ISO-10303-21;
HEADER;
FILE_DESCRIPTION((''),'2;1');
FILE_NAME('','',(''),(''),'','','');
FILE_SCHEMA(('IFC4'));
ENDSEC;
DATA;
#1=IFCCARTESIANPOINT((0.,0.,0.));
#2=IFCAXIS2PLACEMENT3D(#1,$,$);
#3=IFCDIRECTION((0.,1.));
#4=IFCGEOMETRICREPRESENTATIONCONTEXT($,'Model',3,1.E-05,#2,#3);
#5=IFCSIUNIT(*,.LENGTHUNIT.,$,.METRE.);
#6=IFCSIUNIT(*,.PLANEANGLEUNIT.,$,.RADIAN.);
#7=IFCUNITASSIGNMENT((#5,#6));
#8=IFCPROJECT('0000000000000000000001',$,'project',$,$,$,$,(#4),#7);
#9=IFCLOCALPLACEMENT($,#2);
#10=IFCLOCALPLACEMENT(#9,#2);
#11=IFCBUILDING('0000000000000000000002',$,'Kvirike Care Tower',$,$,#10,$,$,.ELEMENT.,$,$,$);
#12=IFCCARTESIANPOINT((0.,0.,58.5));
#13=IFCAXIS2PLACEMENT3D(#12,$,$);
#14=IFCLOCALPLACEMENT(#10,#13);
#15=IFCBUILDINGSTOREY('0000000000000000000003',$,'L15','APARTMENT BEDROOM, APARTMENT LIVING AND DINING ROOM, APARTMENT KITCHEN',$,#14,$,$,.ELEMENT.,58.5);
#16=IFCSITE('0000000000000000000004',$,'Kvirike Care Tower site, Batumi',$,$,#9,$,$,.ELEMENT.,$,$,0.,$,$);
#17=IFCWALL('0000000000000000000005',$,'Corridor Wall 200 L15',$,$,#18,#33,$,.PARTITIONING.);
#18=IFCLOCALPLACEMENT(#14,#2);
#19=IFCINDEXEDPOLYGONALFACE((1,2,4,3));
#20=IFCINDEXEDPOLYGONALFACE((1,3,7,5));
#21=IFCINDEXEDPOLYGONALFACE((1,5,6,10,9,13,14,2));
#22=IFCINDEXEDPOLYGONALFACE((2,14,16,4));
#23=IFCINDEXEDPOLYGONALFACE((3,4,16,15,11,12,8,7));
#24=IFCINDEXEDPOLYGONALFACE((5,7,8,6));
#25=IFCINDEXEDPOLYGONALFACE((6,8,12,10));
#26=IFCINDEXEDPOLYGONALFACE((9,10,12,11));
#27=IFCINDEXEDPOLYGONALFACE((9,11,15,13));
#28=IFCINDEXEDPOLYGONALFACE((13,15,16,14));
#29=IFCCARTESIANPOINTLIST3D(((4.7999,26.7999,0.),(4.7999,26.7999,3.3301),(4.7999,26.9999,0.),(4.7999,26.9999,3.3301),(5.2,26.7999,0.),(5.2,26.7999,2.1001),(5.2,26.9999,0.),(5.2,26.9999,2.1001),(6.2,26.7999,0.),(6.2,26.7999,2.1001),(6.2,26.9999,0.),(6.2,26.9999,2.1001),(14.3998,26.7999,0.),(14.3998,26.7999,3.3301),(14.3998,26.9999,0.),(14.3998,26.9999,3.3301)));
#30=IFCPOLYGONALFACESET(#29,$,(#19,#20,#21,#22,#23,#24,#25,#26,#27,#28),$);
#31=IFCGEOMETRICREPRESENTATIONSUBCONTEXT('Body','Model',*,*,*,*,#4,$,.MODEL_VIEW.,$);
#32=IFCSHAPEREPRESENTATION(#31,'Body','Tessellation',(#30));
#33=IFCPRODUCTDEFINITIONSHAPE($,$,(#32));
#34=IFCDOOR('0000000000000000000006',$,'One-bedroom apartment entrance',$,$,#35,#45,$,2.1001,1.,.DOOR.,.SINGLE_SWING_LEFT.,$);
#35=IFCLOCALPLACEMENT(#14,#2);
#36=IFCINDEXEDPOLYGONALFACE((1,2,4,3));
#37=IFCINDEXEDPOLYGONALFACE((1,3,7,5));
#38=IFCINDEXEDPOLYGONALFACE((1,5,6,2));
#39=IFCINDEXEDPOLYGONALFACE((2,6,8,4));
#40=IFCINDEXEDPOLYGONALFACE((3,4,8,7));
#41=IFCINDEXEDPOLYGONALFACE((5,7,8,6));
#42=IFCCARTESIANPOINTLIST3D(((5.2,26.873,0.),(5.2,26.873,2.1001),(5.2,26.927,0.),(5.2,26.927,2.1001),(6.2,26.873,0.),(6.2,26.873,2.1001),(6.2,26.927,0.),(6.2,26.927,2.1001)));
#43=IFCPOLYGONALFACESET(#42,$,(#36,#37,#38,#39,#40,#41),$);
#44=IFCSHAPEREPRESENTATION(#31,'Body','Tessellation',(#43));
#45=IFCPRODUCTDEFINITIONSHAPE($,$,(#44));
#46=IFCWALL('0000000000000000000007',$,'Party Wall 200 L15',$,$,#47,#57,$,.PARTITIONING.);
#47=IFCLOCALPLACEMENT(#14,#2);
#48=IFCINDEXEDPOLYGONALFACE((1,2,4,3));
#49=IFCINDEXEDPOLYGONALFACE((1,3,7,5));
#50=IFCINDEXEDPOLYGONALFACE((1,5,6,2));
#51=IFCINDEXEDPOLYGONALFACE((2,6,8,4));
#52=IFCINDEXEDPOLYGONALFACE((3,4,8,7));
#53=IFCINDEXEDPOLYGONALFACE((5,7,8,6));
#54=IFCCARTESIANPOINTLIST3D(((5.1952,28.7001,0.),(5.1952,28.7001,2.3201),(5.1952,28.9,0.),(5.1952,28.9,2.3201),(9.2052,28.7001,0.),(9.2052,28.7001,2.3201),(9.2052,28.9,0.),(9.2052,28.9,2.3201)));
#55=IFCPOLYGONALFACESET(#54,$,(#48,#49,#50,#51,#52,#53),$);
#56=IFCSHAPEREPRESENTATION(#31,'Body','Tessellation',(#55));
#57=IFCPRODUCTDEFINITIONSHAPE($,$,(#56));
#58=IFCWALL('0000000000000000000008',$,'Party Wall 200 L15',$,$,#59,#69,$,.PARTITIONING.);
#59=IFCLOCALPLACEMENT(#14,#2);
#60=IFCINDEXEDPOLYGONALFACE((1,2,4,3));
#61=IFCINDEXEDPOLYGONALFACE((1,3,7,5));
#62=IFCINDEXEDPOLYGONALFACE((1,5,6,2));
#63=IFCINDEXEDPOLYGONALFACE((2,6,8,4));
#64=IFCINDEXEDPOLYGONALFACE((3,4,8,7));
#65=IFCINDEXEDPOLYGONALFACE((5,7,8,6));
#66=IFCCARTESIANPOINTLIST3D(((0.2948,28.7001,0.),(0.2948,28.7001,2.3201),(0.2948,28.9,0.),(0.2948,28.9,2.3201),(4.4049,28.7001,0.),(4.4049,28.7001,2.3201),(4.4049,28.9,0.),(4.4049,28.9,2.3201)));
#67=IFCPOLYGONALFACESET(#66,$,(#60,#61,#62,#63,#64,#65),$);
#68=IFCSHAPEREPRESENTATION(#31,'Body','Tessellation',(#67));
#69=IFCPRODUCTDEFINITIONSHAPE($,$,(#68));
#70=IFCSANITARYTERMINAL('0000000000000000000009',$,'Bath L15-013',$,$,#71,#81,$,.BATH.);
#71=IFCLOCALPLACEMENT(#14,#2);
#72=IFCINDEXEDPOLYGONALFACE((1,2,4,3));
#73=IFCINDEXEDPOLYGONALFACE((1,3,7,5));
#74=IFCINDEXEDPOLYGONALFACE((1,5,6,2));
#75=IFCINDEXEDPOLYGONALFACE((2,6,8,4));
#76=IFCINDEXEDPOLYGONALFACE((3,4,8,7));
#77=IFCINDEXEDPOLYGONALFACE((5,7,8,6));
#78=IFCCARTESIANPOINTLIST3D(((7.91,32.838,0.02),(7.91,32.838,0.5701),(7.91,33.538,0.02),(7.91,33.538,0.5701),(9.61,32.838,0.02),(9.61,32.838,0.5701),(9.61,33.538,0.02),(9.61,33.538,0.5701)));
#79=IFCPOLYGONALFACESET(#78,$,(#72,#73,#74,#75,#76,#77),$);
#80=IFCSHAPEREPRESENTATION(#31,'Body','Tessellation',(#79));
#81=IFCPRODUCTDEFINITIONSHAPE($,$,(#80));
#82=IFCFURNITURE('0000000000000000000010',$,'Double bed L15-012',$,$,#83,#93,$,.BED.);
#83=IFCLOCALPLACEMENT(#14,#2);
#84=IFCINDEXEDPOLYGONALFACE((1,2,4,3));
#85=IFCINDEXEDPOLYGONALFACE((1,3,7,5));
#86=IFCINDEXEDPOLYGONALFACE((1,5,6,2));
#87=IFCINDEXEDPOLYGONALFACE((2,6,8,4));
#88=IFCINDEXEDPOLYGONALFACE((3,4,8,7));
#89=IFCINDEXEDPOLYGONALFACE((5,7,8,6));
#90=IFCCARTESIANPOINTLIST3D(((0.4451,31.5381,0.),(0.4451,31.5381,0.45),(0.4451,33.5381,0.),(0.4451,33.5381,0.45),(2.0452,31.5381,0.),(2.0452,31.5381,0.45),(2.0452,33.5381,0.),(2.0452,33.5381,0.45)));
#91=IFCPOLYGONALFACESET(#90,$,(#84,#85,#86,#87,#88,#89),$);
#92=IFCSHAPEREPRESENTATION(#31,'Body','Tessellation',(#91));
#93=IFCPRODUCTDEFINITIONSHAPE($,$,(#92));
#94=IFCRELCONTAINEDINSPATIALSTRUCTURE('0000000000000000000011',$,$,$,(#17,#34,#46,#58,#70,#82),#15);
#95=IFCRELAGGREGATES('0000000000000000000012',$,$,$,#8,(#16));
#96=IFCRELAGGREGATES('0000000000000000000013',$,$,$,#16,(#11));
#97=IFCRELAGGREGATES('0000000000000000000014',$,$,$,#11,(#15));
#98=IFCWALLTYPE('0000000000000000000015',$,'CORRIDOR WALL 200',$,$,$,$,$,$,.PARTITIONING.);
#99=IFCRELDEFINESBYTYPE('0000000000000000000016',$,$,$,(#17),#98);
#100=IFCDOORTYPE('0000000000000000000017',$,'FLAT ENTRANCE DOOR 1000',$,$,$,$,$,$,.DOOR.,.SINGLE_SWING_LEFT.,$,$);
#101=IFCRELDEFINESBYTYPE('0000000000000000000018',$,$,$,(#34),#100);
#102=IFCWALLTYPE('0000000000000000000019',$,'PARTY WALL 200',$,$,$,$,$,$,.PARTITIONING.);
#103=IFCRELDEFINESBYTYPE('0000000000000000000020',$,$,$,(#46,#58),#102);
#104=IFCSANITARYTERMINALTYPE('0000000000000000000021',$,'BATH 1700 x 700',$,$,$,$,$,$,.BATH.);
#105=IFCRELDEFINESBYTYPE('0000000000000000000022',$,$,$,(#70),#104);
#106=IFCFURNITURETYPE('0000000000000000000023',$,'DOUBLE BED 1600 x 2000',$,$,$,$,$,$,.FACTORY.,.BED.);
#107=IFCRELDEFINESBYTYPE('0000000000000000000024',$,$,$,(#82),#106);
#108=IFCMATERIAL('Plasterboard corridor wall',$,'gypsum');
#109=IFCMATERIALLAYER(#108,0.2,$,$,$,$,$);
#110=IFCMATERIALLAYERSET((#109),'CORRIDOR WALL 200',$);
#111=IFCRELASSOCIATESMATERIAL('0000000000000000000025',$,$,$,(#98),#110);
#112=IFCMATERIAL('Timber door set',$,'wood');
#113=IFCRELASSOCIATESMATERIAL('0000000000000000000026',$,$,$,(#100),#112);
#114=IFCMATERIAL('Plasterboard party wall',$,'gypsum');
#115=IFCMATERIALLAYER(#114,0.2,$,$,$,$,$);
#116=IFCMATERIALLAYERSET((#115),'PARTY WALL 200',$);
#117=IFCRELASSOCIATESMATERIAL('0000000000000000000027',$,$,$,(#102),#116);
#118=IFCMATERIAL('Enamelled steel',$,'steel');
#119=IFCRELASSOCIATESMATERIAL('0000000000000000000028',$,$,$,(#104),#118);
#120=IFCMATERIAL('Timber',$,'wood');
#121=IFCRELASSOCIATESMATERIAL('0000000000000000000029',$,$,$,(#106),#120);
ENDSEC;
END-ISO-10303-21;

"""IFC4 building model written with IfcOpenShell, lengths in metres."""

from ifc_helpers import new_model, si_unit, direction, frame, frame_2d, origin, origin_2d, place, context, subcontext, project, spatial, rectangle, extrude, material, layer, layer_set, type_object, element, fill, save


model = new_model("IFC4")

# Units and contexts
model_context = context("Model", 3, precision=1e-05, world=origin(), true_north=direction((0.0, 1.0)))
body_context = subcontext(model_context, "Body", "Model", "MODEL_VIEW")
ifc_project = project(units=[si_unit("LENGTHUNIT", "METRE"), si_unit("PLANEANGLEUNIT", "RADIAN")], contexts=[model_context])

# Site, building, storey
site_placement = place(None, origin())
site = spatial("IfcSite", under=ifc_project, at=site_placement, Name="Kvirike Care Tower site, Batumi", CompositionType="ELEMENT", RefElevation=0.0)
building_placement = place(site_placement, origin())
building = spatial("IfcBuilding", under=site, at=building_placement, Name="Kvirike Care Tower", CompositionType="ELEMENT")
storey_placement = place(building_placement, frame((0.0, 0.0, 58.5)))
storey = spatial("IfcBuildingStorey", under=building, at=storey_placement, Name="L15", Description="APARTMENT BEDROOM, APARTMENT LIVING AND DINING ROOM, APARTMENT KITCHEN", CompositionType="ELEMENT", Elevation=58.5)

# Wall, opening, door
ifc_material_1 = material(Name="Plasterboard corridor wall", Category="gypsum")
ifc_layer_1 = layer(ifc_material_1, 0.2)
ifc_layer_set_1 = layer_set([ifc_layer_1], Name="CORRIDOR WALL 200")
wall_type_1 = type_object("IfcWallType", Name="CORRIDOR WALL 200", PredefinedType="PARTITIONING", material=ifc_layer_set_1)
wall_1_placement = place(storey_placement, frame((4.8, 26.8999, 0.0), z_axis=(0.0, 0.0, 1.0), x_axis=(1.0, 0.0, 0.0)))
wall_1 = element("IfcWall", 1, at=wall_1_placement, inside=storey, type_object=wall_type_1, Name="Corridor Wall 200 L15", PredefinedType="PARTITIONING", context=body_context, shape_type="SweptSolid", body=[
    extrude(rectangle(XDim=9.5999, YDim=0.2, at=frame_2d((4.7998, 0.0))), origin(), (0.0, 0.0, 1.0), 3.3301),
])
opening_1_placement = place(wall_1_placement, frame((0.3999, 0.0, 0.0)))
opening_1 = element("IfcOpeningElement", 2, at=opening_1_placement, cuts=wall_1, PredefinedType="OPENING", context=body_context, shape_type="SweptSolid", body=[
    extrude(rectangle(XDim=1.0, YDim=2.1001, at=frame_2d((0.5, 1.05))), frame((0.0, 0.1106, 0.0), z_axis=(0.0, -1.0, 0.0), x_axis=(1.0, 0.0, 0.0)), (0.0, 0.0, 1.0), 0.2209),
])
ifc_material_2 = material(Name="Timber door set", Category="wood")
door_type_1 = type_object("IfcDoorType", Name="FLAT ENTRANCE DOOR 1000", OperationType="SINGLE_SWING_LEFT", PredefinedType="DOOR", material=ifc_material_2)
door_1_placement = place(opening_1_placement, frame((1.0, 0.0, 0.0), z_axis=(0.0, 0.0, 1.0), x_axis=(-1.0, 0.0, 0.0)))
door_1 = element("IfcDoor", 3, at=door_1_placement, inside=storey, type_object=door_type_1, Name="One-bedroom apartment entrance", OperationType="SINGLE_SWING_LEFT", OverallHeight=2.1001, OverallWidth=1.0, PredefinedType="DOOR", context=body_context, shape_type="SweptSolid", body=[
    extrude(rectangle(XDim=1.0, YDim=2.1001, at=frame_2d((0.5, 1.05))), frame((0.0, 0.0269, 0.0), z_axis=(0.0, -1.0, 0.0), x_axis=(1.0, 0.0, 0.0)), (0.0, 0.0, 1.0), 0.054),
])
fill(opening_1, door_1)

# Walls
ifc_material_3 = material(Name="Plasterboard party wall", Category="gypsum")
ifc_layer_2 = layer(ifc_material_3, 0.2)
ifc_layer_set_2 = layer_set([ifc_layer_2], Name="PARTY WALL 200")
wall_type_2 = type_object("IfcWallType", Name="PARTY WALL 200", PredefinedType="PARTITIONING", material=ifc_layer_set_2)
wall_2_placement = place(storey_placement, frame((9.2051, 28.8, 0.0), z_axis=(0.0, 0.0, 1.0), x_axis=(-1.0, 0.0, 0.0)))
element("IfcWall", 4, at=wall_2_placement, inside=storey, type_object=wall_type_2, Name="Party Wall 200 L15", PredefinedType="PARTITIONING", context=body_context, shape_type="SweptSolid", body=[
    extrude(rectangle(XDim=4.01, YDim=0.2, at=frame_2d((2.0049, 0.0))), origin(), (0.0, 0.0, 1.0), 2.3201),
])
wall_3_placement = place(storey_placement, frame((4.405, 28.8, 0.0), z_axis=(0.0, 0.0, 1.0), x_axis=(-1.0, 0.0, 0.0)))
element("IfcWall", 5, at=wall_3_placement, inside=storey, type_object=wall_type_2, Name="Party Wall 200 L15", PredefinedType="PARTITIONING", context=body_context, shape_type="SweptSolid", body=[
    extrude(rectangle(XDim=4.1101, YDim=0.2, at=frame_2d((2.0552, 0.0))), origin(), (0.0, 0.0, 1.0), 2.3201),
])

# Sanitary terminal
ifc_material_4 = material(Name="Enamelled steel", Category="steel")
sanitary_terminal_type = type_object("IfcSanitaryTerminalType", Name="BATH 1700 x 700", PredefinedType="BATH", material=ifc_material_4)
sanitary_terminal_placement = place(storey_placement, frame((8.76, 33.188, 0.02), z_axis=(0.0, 0.0, 1.0), x_axis=(1.0, 0.0, 0.0)))
element("IfcSanitaryTerminal", 6, at=sanitary_terminal_placement, inside=storey, type_object=sanitary_terminal_type, Name="Bath L15-013", PredefinedType="BATH", context=body_context, shape_type="SweptSolid", body=[
    extrude(rectangle(XDim=1.7, YDim=0.7, at=origin_2d()), origin(), (0.0, 0.0, 1.0), 0.55),
])

# Furniture
ifc_material_5 = material(Name="Timber", Category="wood")
furniture_type = type_object("IfcFurnitureType", Name="DOUBLE BED 1600 x 2000", AssemblyPlace="FACTORY", PredefinedType="BED", material=ifc_material_5)
furniture_placement = place(storey_placement, frame((1.2451, 32.5381, 0.0), z_axis=(0.0, 0.0, 1.0), x_axis=(1.0, 0.0, 0.0)))
element("IfcFurniture", 7, at=furniture_placement, inside=storey, type_object=furniture_type, Name="Double bed L15-012", PredefinedType="BED", context=body_context, shape_type="SweptSolid", body=[
    extrude(rectangle(XDim=1.6001, YDim=2.0, at=origin_2d()), origin(), (0.0, 0.0, 1.0), 0.45),
])

save(model, "model.ifc")
